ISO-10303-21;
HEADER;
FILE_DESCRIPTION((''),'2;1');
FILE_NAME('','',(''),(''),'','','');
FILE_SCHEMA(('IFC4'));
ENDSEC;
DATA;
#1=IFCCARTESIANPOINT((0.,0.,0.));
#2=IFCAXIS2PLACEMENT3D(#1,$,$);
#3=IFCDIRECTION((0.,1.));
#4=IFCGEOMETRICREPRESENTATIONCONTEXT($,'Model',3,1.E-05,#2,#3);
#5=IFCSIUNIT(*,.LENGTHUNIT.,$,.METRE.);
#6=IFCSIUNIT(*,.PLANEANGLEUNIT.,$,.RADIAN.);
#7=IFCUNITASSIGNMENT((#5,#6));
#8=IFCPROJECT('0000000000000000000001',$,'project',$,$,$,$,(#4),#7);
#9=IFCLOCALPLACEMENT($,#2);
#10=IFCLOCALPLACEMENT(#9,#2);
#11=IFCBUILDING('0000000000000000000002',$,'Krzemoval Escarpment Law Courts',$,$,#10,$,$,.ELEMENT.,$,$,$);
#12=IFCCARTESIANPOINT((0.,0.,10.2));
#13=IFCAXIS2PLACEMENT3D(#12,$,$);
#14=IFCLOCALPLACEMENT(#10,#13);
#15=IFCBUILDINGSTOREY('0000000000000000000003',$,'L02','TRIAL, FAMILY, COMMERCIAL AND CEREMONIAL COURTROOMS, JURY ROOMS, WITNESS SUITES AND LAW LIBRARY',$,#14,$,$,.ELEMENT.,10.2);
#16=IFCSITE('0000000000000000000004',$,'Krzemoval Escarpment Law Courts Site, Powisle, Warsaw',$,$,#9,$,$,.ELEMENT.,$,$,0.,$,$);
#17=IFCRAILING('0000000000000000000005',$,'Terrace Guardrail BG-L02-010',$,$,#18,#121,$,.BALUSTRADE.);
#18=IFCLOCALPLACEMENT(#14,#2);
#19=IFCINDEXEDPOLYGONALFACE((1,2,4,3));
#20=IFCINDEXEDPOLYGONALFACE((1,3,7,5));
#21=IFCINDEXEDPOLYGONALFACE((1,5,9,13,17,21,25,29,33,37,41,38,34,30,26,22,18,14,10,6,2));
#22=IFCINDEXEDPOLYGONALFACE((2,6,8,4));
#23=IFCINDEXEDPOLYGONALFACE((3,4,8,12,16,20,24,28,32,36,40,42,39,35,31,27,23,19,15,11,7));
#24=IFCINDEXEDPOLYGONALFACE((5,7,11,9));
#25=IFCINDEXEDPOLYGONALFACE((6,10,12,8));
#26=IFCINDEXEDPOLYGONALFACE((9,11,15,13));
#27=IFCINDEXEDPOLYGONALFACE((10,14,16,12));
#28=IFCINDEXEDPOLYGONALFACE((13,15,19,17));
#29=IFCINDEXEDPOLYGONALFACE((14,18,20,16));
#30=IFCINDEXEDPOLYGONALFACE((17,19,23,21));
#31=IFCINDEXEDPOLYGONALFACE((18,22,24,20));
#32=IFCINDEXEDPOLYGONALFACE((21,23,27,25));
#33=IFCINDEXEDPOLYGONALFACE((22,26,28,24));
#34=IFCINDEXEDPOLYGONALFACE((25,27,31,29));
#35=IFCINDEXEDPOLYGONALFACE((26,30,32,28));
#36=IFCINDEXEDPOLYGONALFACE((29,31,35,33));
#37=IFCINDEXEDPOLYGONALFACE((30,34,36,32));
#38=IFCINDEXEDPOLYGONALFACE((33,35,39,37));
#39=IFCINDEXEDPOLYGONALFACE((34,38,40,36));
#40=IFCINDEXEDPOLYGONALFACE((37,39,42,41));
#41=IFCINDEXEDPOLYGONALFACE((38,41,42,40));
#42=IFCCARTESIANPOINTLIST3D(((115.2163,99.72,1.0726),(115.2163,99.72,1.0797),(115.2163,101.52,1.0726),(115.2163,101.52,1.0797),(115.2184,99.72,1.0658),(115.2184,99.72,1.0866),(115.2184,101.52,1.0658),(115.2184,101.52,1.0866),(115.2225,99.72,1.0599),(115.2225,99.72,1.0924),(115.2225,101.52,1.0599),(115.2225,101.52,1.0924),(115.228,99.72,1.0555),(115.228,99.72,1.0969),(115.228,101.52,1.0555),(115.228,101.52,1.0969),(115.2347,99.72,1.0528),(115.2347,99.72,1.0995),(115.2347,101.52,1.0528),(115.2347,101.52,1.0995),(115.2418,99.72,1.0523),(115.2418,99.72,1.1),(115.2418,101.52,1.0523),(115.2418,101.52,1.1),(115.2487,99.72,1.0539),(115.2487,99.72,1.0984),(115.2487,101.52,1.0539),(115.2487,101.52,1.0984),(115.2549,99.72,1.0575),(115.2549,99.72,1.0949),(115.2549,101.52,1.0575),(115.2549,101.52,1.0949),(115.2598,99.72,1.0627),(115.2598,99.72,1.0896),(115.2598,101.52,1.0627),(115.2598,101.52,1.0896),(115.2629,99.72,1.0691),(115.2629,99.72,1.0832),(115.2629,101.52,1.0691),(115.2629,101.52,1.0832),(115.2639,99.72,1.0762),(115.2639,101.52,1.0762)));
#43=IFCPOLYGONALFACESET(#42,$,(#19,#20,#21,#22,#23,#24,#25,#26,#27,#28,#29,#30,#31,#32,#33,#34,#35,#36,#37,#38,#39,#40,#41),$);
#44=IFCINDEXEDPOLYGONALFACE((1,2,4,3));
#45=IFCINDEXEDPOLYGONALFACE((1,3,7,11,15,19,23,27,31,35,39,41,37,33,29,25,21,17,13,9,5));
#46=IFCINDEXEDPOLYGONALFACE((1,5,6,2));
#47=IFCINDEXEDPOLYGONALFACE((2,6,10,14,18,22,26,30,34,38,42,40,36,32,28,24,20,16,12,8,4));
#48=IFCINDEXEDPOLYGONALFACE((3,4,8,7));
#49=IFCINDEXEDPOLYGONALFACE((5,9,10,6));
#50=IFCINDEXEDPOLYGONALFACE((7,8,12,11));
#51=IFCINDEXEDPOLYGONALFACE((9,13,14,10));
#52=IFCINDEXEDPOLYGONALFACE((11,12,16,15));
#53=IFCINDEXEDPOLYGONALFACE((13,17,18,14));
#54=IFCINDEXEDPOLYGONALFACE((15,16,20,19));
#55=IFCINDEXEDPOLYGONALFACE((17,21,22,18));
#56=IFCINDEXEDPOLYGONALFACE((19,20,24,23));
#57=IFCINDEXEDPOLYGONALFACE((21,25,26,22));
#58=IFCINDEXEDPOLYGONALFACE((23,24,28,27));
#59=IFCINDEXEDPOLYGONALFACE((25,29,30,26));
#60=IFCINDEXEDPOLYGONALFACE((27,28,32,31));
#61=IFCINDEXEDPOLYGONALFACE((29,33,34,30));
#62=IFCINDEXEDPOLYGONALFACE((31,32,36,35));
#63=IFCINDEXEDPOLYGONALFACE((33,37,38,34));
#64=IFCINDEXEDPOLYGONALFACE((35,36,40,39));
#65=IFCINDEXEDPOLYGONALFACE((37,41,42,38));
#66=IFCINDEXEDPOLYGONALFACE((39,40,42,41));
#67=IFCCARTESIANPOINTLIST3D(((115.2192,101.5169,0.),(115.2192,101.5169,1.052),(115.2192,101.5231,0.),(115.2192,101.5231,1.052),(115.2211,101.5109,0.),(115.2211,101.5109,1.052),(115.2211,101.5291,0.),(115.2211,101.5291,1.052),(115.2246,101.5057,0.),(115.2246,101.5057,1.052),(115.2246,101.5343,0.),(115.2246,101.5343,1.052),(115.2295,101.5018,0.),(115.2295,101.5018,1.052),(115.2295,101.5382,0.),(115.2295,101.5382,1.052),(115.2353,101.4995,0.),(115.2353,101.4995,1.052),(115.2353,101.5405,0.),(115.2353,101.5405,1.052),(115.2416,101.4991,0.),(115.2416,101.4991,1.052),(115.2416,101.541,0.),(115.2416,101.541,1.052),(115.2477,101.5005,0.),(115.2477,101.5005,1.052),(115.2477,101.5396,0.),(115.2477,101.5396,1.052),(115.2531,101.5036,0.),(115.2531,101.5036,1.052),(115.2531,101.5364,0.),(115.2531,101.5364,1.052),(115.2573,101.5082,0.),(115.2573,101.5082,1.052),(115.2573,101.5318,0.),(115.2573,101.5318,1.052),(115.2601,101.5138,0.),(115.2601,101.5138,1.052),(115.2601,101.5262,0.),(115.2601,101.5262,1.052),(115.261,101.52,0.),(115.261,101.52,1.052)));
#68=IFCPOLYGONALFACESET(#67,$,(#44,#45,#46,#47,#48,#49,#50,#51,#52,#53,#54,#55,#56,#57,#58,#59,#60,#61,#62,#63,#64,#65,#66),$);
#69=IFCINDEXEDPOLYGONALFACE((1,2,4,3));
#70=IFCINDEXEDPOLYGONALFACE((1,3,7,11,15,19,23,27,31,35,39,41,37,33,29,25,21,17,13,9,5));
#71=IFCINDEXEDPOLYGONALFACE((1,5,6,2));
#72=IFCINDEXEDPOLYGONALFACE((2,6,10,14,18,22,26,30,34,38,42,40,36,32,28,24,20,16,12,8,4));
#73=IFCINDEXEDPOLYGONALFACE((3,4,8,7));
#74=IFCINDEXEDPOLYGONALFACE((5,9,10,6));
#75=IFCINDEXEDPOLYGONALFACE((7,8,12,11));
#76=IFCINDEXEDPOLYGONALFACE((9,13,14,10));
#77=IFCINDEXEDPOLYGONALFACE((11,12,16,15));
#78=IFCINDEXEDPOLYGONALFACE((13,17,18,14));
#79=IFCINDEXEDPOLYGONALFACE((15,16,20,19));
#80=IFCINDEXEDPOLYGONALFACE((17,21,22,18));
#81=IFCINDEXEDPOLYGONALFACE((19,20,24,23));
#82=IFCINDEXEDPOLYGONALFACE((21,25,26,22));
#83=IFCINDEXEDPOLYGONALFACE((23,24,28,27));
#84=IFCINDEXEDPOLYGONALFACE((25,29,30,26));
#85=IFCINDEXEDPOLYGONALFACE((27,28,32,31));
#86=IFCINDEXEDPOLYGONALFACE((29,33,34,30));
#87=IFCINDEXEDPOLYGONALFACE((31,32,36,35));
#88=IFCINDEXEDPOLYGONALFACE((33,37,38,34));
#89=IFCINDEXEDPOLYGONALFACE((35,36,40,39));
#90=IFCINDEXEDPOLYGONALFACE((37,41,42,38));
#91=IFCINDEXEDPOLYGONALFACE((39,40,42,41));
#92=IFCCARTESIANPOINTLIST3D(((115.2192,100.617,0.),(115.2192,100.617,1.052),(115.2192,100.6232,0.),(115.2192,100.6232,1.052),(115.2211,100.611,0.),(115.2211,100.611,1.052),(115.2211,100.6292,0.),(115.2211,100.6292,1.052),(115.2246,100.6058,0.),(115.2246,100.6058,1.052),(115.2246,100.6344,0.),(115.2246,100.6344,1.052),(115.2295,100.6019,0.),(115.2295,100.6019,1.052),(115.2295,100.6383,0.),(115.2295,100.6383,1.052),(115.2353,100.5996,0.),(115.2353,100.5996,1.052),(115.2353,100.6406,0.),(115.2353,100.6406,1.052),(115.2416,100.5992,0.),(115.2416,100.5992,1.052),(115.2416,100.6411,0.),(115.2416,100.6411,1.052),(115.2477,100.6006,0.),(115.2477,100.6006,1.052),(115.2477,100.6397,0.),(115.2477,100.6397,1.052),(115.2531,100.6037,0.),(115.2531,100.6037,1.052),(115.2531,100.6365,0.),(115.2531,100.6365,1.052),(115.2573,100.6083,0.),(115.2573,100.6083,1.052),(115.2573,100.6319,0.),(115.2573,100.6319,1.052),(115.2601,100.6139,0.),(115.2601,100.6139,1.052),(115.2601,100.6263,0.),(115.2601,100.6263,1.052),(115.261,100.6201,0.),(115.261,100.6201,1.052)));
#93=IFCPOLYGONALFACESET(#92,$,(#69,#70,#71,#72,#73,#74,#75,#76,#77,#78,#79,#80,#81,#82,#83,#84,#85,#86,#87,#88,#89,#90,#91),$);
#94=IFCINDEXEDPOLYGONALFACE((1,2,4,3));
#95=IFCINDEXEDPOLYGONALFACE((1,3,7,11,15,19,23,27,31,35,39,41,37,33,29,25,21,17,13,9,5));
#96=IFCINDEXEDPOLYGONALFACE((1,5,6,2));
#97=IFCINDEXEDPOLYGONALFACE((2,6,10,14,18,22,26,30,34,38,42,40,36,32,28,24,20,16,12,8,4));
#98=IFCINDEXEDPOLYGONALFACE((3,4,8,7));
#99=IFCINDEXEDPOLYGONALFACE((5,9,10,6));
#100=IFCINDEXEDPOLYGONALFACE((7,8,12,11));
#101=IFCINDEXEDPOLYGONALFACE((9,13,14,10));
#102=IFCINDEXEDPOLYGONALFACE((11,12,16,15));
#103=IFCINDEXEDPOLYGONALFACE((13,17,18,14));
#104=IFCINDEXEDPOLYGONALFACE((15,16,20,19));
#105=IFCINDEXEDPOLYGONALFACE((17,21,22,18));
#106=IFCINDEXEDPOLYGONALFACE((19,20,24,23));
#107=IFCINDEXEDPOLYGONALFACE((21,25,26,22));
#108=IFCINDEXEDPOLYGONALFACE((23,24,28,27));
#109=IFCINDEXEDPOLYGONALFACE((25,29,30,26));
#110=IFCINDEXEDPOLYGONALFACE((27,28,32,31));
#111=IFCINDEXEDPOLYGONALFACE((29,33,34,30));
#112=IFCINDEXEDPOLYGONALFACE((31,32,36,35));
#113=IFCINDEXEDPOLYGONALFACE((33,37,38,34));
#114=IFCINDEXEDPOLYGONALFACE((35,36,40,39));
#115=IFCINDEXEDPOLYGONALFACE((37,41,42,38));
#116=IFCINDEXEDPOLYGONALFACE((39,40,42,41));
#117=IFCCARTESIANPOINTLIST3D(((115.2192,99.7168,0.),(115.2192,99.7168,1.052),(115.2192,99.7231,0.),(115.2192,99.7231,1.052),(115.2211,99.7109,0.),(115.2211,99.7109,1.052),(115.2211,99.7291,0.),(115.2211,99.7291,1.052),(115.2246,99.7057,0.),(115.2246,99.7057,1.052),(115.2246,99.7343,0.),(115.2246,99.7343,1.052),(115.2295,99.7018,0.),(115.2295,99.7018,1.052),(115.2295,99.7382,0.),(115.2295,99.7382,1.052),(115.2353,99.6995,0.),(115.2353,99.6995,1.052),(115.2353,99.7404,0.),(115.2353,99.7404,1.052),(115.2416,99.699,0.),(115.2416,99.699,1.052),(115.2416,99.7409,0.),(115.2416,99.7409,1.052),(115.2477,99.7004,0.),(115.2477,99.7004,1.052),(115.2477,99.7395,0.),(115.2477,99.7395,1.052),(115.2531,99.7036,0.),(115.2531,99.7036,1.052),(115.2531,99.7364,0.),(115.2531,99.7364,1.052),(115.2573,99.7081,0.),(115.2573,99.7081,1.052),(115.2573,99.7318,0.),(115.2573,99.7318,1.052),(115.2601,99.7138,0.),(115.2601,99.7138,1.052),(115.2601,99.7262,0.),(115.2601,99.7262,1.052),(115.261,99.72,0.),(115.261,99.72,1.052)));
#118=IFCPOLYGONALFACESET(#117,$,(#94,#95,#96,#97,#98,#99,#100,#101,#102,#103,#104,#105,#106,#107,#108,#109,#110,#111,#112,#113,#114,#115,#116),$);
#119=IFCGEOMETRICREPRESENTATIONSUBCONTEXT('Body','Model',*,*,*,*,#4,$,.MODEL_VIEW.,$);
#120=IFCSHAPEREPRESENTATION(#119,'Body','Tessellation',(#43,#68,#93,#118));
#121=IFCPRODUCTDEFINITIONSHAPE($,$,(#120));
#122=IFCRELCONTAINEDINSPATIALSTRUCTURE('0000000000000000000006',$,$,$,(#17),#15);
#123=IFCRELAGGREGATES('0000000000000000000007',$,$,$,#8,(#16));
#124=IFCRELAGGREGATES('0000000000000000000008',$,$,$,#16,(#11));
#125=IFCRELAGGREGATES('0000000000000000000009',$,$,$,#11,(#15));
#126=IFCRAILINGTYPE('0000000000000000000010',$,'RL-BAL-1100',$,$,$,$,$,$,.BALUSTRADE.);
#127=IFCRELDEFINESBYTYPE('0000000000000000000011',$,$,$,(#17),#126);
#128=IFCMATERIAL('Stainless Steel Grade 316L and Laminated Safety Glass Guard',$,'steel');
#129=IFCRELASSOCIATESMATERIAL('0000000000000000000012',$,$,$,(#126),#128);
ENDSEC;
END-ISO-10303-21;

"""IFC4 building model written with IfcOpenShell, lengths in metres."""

from ifc_helpers import new_model, si_unit, direction, frame, origin, origin_2d, place, context, subcontext, project, spatial, circle, extrude, material, type_object, element, save


model = new_model("IFC4")

# Units and contexts
model_context = context("Model", 3, precision=1e-05, world=origin(), true_north=direction((0.0, 1.0)))
body_context = subcontext(model_context, "Body", "Model", "MODEL_VIEW")
ifc_project = project(units=[si_unit("LENGTHUNIT", "METRE"), si_unit("PLANEANGLEUNIT", "RADIAN")], contexts=[model_context])

# Site, building, storey
site_placement = place(None, origin())
site = spatial("IfcSite", under=ifc_project, at=site_placement, Name="Krzemoval Escarpment Law Courts Site, Powisle, Warsaw", CompositionType="ELEMENT", RefElevation=0.0)
building_placement = place(site_placement, origin())
building = spatial("IfcBuilding", under=site, at=building_placement, Name="Krzemoval Escarpment Law Courts", CompositionType="ELEMENT")
storey_placement = place(building_placement, frame((0.0, 0.0, 10.2)))
storey = spatial("IfcBuildingStorey", under=building, at=storey_placement, Name="L02", Description="TRIAL, FAMILY, COMMERCIAL AND CEREMONIAL COURTROOMS, JURY ROOMS, WITNESS SUITES AND LAW LIBRARY", CompositionType="ELEMENT", Elevation=10.2)

# Railing
ifc_material_1 = material(Name="Stainless Steel Grade 316L and Laminated Safety Glass Guard", Category="steel")
railing_type = type_object("IfcRailingType", Name="RL-BAL-1100", PredefinedType="BALUSTRADE", material=ifc_material_1)
railing_1_placement = place(storey_placement, frame((115.24, 101.52, 0.0)))
element("IfcRailing", 1, at=railing_1_placement, inside=storey, type_object=railing_type, Name="Terrace Guardrail BG-L02-010", PredefinedType="BALUSTRADE", context=body_context, shape_type="SweptSolid", body=[
    extrude(circle(Radius=0.0239, at=origin_2d()), frame((0.0, 0.0, 1.0762), z_axis=(0.0, -1.0, 0.0), x_axis=(1.0, 0.0, 0.0)), (0.0, 0.0, 1.0), 1.8),
    extrude(circle(Radius=0.021, at=origin_2d()), origin(), (0.0, 0.0, 1.0), 1.052),
    extrude(circle(Radius=0.021, at=origin_2d()), frame((0.0, -0.8999, 0.0)), (0.0, 0.0, 1.0), 1.052),
    extrude(circle(Radius=0.021, at=origin_2d()), frame((0.0, -1.8, 0.0)), (0.0, 0.0, 1.0), 1.052),
])

save(model, "model.ifc")
